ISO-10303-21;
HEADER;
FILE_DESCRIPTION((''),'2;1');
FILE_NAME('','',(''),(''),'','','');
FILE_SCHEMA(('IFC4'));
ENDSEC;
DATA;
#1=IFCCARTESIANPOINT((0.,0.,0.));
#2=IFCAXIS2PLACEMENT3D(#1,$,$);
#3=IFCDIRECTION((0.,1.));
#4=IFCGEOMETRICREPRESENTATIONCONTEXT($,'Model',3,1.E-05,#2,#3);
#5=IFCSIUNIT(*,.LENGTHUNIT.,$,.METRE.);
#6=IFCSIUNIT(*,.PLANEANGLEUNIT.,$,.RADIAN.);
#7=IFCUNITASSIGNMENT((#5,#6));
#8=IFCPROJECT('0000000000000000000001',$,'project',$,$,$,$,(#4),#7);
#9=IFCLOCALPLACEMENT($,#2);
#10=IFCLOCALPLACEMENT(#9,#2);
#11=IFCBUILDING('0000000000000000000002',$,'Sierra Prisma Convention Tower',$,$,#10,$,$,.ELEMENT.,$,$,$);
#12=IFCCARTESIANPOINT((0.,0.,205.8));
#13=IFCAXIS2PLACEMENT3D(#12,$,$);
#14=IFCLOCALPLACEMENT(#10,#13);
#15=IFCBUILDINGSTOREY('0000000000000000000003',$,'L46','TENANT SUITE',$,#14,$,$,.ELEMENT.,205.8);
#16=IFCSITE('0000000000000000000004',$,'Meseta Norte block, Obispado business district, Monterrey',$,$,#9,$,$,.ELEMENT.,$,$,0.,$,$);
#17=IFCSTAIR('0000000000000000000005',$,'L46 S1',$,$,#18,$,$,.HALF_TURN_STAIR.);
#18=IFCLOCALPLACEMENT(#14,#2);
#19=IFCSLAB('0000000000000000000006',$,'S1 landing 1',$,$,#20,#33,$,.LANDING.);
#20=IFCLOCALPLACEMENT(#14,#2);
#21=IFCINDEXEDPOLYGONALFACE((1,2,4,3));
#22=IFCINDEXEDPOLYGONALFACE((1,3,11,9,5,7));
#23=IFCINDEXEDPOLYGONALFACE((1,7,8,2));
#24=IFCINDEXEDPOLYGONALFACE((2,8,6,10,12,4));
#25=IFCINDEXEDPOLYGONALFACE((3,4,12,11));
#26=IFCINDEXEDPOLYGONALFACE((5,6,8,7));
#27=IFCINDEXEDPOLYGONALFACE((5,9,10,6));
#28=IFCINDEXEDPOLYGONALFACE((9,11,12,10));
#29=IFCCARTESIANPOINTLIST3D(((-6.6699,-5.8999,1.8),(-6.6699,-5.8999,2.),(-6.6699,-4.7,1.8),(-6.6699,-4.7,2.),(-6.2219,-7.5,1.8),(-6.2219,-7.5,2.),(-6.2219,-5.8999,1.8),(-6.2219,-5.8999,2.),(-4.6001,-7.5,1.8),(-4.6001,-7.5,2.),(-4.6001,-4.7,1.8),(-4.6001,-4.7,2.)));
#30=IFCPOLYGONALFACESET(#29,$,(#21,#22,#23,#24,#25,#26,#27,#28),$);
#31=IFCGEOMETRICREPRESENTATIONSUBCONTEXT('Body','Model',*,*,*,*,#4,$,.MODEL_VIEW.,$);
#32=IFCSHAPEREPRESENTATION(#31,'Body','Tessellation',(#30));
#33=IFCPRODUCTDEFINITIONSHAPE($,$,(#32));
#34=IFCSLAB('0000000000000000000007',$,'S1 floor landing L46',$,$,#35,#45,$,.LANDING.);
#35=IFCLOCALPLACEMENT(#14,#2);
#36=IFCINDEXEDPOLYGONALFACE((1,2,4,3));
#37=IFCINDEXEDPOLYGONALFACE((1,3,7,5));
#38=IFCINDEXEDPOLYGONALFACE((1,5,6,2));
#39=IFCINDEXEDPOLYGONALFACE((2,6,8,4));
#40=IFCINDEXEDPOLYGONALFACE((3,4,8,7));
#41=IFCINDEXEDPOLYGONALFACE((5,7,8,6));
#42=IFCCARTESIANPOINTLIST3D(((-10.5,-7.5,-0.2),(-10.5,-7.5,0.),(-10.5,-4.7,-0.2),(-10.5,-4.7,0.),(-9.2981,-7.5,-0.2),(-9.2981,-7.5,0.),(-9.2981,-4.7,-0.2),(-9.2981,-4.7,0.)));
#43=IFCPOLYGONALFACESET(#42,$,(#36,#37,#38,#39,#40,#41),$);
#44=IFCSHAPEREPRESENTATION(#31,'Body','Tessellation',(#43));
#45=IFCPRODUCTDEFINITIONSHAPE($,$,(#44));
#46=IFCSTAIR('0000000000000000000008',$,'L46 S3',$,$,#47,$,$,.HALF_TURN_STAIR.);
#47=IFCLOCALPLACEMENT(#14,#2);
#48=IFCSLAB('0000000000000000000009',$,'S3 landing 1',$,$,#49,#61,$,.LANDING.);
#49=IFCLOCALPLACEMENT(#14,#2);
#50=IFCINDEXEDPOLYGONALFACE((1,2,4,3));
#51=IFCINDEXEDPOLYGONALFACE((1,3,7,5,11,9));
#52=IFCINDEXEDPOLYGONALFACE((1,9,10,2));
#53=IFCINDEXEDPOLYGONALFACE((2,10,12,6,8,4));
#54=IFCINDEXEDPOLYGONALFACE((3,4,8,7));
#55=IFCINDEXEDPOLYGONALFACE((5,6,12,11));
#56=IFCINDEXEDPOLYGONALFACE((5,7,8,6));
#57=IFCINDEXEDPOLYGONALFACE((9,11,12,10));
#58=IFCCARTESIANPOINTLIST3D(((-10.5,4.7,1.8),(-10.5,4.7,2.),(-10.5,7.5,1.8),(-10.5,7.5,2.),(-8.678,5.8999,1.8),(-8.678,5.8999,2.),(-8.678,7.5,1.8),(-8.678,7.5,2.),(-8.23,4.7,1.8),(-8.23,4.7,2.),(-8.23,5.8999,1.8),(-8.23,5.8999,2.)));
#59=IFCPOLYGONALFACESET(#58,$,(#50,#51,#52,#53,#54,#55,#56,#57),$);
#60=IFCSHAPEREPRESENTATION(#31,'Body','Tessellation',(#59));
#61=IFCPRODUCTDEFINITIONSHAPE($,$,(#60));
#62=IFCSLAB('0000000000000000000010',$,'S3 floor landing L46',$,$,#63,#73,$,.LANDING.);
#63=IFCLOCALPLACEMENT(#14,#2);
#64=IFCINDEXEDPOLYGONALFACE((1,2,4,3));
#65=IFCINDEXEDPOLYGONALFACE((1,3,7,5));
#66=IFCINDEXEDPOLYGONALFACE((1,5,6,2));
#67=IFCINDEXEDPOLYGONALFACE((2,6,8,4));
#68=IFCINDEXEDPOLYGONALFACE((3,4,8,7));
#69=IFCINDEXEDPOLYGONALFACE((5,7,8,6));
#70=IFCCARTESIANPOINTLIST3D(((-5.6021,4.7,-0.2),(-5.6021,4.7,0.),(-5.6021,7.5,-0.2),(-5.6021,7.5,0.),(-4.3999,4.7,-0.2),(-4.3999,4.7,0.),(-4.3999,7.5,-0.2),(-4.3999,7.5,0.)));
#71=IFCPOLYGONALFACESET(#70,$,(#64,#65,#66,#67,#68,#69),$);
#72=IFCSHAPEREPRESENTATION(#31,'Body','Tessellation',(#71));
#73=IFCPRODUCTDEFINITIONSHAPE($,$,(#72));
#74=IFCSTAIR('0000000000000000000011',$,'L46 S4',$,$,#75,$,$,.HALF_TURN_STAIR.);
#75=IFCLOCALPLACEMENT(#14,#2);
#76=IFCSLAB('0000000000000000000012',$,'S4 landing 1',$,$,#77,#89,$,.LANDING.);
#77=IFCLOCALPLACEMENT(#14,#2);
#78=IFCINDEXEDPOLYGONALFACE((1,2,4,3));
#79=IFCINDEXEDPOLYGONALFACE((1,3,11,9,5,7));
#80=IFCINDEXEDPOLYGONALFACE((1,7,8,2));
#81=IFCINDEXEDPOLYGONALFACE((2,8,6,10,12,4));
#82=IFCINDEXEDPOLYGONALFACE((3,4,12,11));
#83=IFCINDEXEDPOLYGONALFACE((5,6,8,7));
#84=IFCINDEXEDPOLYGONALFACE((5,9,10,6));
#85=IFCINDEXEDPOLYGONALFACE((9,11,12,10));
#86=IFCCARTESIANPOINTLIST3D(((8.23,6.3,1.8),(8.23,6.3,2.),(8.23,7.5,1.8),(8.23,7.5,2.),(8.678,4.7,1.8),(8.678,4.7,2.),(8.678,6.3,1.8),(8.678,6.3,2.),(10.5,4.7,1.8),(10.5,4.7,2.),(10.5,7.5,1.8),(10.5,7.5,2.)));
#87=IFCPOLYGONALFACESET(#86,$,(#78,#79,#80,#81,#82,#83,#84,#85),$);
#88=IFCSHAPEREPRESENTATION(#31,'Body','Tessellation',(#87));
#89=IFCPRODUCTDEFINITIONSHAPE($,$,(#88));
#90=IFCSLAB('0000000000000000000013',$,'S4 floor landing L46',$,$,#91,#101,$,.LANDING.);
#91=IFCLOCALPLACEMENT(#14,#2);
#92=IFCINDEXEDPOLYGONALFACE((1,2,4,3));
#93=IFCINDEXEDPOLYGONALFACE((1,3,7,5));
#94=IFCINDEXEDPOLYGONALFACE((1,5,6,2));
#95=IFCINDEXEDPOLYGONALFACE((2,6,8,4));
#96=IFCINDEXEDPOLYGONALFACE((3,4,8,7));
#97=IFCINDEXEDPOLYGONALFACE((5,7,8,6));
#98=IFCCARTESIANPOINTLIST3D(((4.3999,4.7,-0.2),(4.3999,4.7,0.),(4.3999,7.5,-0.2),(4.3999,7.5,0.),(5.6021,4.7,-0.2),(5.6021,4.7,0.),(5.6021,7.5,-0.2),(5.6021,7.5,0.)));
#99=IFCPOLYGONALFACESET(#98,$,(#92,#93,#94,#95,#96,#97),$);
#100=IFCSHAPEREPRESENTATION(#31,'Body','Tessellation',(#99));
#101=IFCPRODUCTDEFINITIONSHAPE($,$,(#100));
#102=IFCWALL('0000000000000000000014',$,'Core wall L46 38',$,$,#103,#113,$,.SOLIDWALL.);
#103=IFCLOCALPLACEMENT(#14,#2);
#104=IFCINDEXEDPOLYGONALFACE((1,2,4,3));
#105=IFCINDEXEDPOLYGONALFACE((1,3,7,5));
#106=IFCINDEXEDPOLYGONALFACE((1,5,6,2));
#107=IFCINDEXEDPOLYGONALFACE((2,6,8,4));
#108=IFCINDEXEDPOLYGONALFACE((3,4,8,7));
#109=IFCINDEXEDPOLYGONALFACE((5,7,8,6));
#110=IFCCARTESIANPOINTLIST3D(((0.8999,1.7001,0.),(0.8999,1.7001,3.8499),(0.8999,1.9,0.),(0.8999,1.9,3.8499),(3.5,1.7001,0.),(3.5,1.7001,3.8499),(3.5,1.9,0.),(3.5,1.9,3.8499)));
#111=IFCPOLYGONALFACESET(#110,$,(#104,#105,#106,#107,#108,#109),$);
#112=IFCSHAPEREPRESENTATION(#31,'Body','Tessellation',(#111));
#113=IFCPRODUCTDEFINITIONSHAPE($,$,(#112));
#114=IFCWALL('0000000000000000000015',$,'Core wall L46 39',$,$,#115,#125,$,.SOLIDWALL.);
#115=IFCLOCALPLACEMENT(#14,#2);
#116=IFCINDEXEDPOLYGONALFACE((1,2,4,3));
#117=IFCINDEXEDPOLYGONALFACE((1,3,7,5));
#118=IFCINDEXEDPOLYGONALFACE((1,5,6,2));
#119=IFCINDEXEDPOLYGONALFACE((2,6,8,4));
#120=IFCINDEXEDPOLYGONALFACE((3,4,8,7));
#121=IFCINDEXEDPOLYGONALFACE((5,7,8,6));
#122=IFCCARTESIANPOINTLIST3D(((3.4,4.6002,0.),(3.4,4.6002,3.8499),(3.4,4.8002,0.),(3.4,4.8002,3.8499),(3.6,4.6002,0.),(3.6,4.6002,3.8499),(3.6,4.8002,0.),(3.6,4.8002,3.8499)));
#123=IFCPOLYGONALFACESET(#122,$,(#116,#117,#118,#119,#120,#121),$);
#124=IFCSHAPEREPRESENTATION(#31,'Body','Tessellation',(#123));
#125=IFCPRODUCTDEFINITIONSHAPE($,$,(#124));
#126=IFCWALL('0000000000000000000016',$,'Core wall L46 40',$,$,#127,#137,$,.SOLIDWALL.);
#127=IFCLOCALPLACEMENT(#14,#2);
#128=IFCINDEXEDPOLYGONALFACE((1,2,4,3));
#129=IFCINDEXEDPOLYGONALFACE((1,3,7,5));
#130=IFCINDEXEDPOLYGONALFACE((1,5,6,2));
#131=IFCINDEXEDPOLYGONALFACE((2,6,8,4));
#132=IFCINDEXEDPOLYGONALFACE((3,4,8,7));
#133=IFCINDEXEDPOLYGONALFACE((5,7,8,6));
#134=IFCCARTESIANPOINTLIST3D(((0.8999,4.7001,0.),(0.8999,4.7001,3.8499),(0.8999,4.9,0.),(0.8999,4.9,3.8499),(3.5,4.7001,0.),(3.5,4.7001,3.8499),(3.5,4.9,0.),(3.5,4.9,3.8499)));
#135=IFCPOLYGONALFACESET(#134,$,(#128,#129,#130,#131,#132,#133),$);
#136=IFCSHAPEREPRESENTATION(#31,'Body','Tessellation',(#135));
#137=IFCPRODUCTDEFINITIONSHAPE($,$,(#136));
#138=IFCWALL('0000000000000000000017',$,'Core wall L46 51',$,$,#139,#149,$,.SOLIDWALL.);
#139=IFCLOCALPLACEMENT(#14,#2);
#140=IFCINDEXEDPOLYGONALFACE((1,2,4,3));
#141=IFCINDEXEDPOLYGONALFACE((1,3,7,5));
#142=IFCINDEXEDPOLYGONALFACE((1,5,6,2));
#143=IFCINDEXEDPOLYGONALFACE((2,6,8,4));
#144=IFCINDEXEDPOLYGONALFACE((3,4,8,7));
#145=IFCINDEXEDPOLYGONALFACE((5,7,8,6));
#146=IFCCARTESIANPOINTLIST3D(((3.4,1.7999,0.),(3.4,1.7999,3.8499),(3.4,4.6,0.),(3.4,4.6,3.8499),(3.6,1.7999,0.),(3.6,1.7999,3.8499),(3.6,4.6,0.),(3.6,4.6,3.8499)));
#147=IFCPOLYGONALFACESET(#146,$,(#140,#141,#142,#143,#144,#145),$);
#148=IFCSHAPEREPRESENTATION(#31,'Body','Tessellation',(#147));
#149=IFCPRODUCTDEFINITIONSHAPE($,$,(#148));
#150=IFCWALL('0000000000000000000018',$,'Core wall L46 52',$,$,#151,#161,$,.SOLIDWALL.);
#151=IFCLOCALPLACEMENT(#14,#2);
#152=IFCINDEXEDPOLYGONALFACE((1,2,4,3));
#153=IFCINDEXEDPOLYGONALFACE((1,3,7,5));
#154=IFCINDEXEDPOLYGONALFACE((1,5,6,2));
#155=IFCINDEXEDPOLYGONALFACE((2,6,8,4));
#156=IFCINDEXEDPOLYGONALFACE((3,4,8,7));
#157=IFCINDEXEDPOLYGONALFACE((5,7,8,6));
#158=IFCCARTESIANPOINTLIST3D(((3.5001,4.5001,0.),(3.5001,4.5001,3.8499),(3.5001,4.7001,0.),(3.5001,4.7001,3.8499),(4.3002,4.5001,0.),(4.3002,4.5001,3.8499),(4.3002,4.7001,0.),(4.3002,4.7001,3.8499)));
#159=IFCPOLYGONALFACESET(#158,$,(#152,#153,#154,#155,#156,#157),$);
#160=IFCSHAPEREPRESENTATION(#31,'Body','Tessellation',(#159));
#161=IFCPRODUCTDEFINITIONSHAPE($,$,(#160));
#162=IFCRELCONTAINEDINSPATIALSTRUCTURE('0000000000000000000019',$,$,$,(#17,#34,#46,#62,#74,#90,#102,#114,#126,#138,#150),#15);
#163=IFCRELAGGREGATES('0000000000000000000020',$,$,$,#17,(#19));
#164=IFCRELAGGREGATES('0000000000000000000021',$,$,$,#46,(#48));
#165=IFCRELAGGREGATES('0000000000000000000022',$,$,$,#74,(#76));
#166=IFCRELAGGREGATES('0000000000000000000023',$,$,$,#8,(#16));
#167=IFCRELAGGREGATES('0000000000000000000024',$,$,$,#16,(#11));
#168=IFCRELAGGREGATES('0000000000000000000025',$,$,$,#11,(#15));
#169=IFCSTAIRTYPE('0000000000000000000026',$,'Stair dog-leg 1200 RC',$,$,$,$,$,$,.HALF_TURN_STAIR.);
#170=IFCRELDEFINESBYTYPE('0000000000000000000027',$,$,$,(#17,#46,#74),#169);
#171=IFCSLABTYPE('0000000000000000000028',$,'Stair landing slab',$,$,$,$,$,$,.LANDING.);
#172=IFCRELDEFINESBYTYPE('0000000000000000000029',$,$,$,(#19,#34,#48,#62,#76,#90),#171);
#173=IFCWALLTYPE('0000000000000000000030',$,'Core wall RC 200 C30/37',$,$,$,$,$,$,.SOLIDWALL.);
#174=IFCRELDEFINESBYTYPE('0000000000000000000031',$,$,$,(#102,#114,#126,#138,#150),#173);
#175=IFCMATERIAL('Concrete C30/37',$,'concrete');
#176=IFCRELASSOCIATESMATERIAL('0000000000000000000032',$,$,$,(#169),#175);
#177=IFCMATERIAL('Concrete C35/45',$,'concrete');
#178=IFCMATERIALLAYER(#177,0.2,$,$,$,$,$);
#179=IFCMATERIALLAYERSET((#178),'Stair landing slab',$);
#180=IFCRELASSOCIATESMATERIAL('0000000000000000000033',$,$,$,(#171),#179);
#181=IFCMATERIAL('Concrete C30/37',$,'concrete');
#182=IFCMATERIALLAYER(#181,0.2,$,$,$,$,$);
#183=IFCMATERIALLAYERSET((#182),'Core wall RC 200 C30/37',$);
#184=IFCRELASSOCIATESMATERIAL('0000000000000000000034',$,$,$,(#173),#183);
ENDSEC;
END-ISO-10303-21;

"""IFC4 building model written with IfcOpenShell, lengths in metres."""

from ifc_helpers import new_model, si_unit, direction, frame, frame_2d, origin, place, context, subcontext, project, spatial, polyline, rectangle, outline, extrude, material, layer, layer_set, type_object, element, aggregate, save


model = new_model("IFC4")

# Units and contexts
model_context = context("Model", 3, precision=1e-05, world=origin(), true_north=direction((0.0, 1.0)))
body_context = subcontext(model_context, "Body", "Model", "MODEL_VIEW")
ifc_project = project(units=[si_unit("LENGTHUNIT", "METRE"), si_unit("PLANEANGLEUNIT", "RADIAN")], contexts=[model_context])

# Site, building, storey
site_placement = place(None, origin())
site = spatial("IfcSite", under=ifc_project, at=site_placement, Name="Meseta Norte block, Obispado business district, Monterrey", CompositionType="ELEMENT", RefElevation=0.0)
building_placement = place(site_placement, origin())
building = spatial("IfcBuilding", under=site, at=building_placement, Name="Sierra Prisma Convention Tower", CompositionType="ELEMENT")
storey_placement = place(building_placement, frame((0.0, 0.0, 205.8)))
storey = spatial("IfcBuildingStorey", under=building, at=storey_placement, Name="L46", Description="TENANT SUITE", CompositionType="ELEMENT", Elevation=205.8)

# Stair, slab
ifc_material_1 = material(Name="Concrete C30/37", Category="concrete")
stair_type = type_object("IfcStairType", Name="Stair dog-leg 1200 RC", PredefinedType="HALF_TURN_STAIR", material=ifc_material_1)
stair_1_placement = place(storey_placement, origin())
stair_1 = element("IfcStair", 1, at=stair_1_placement, inside=storey, type_object=stair_type, Name="L46 S1", PredefinedType="HALF_TURN_STAIR")
ifc_material_2 = material(Name="Concrete C35/45", Category="concrete")
ifc_layer_1 = layer(ifc_material_2, 0.2)
ifc_layer_set_1 = layer_set([ifc_layer_1], Name="Stair landing slab")
slab_type = type_object("IfcSlabType", Name="Stair landing slab", PredefinedType="LANDING", material=ifc_layer_set_1)
slab_1_placement = place(storey_placement, frame((0.0, 0.0, 1.8)))
slab_1 = element("IfcSlab", 2, at=slab_1_placement, type_object=slab_type, Name="S1 landing 1", PredefinedType="LANDING", context=body_context, shape_type="SweptSolid", body=[
    extrude(outline(polyline([(-4.6001, -4.7), (-4.6001, -7.5), (-6.2219, -7.5), (-6.2219, -5.8999), (-6.6699, -5.8999), (-6.6699, -4.7), (-4.6001, -4.7)])), origin(), (0.0, 0.0, 1.0), 0.2),
])
aggregate(stair_1, [slab_1])

# Slab
slab_2_placement = place(storey_placement, frame((0.0, 0.0, -0.2)))
element("IfcSlab", 3, at=slab_2_placement, inside=storey, type_object=slab_type, Name="S1 floor landing L46", PredefinedType="LANDING", context=body_context, shape_type="SweptSolid", body=[
    extrude(outline(polyline([(-10.5, -7.5), (-9.2981, -7.5), (-9.2981, -4.7), (-10.5, -4.7), (-10.5, -7.5)])), origin(), (0.0, 0.0, 1.0), 0.2),
])

# Stair, slab
stair_2_placement = place(storey_placement, origin())
stair_2 = element("IfcStair", 4, at=stair_2_placement, inside=storey, type_object=stair_type, Name="L46 S3", PredefinedType="HALF_TURN_STAIR")
slab_3_placement = place(storey_placement, frame((0.0, 0.0, 1.8)))
slab_3 = element("IfcSlab", 5, at=slab_3_placement, type_object=slab_type, Name="S3 landing 1", PredefinedType="LANDING", context=body_context, shape_type="SweptSolid", body=[
    extrude(outline(polyline([(-8.23, 5.8999), (-8.23, 4.7), (-10.5, 4.7), (-10.5, 7.5), (-8.678, 7.5), (-8.678, 5.8999), (-8.23, 5.8999)])), origin(), (0.0, 0.0, 1.0), 0.2),
])
aggregate(stair_2, [slab_3])

# Slab
slab_4_placement = place(storey_placement, frame((0.0, 0.0, -0.2)))
element("IfcSlab", 6, at=slab_4_placement, inside=storey, type_object=slab_type, Name="S3 floor landing L46", PredefinedType="LANDING", context=body_context, shape_type="SweptSolid", body=[
    extrude(outline(polyline([(-4.3999, 7.5), (-5.6021, 7.5), (-5.6021, 4.7), (-4.3999, 4.7), (-4.3999, 7.5)])), origin(), (0.0, 0.0, 1.0), 0.2),
])

# Stair, slab
stair_3_placement = place(storey_placement, origin())
stair_3 = element("IfcStair", 7, at=stair_3_placement, inside=storey, type_object=stair_type, Name="L46 S4", PredefinedType="HALF_TURN_STAIR")
slab_5_placement = place(storey_placement, frame((0.0, 0.0, 1.8)))
slab_5 = element("IfcSlab", 8, at=slab_5_placement, type_object=slab_type, Name="S4 landing 1", PredefinedType="LANDING", context=body_context, shape_type="SweptSolid", body=[
    extrude(outline(polyline([(10.5, 7.5), (10.5, 4.7), (8.678, 4.7), (8.678, 6.3), (8.23, 6.3), (8.23, 7.5), (10.5, 7.5)])), origin(), (0.0, 0.0, 1.0), 0.2),
])
aggregate(stair_3, [slab_5])

# Slab
slab_6_placement = place(storey_placement, frame((0.0, 0.0, -0.2)))
element("IfcSlab", 9, at=slab_6_placement, inside=storey, type_object=slab_type, Name="S4 floor landing L46", PredefinedType="LANDING", context=body_context, shape_type="SweptSolid", body=[
    extrude(outline(polyline([(4.3999, 4.7), (5.6021, 4.7), (5.6021, 7.5), (4.3999, 7.5), (4.3999, 4.7)])), origin(), (0.0, 0.0, 1.0), 0.2),
])

# Shared definitions
ifc_material_3 = material(Name="Concrete C30/37", Category="concrete")
ifc_layer_2 = layer(ifc_material_3, 0.2)
ifc_layer_set_2 = layer_set([ifc_layer_2], Name="Core wall RC 200 C30/37")
wall_type = type_object("IfcWallType", Name="Core wall RC 200 C30/37", PredefinedType="SOLIDWALL", material=ifc_layer_set_2)

# Walls
wall_1_placement = place(storey_placement, frame((3.5, 1.8, 0.0), z_axis=(0.0, 0.0, 1.0), x_axis=(-1.0, 0.0, 0.0)))
element("IfcWall", 10, at=wall_1_placement, inside=storey, type_object=wall_type, Name="Core wall L46 38", PredefinedType="SOLIDWALL", context=body_context, shape_type="SweptSolid", body=[
    extrude(rectangle(XDim=2.6001, YDim=0.2, at=frame_2d((1.3, 0.0))), origin(), (0.0, 0.0, 1.0), 3.8499),
])
wall_2_placement = place(storey_placement, frame((3.5, 4.6001, 0.0), z_axis=(0.0, 0.0, 1.0), x_axis=(0.0, 1.0, 0.0)))
element("IfcWall", 11, at=wall_2_placement, inside=storey, type_object=wall_type, Name="Core wall L46 39", PredefinedType="SOLIDWALL", context=body_context, shape_type="SweptSolid", body=[
    extrude(rectangle(XDim=0.2, YDim=0.2, at=frame_2d((0.1001, 0.0))), origin(), (0.0, 0.0, 1.0), 3.8499),
])
wall_3_placement = place(storey_placement, frame((3.5, 4.8, 0.0), z_axis=(0.0, 0.0, 1.0), x_axis=(-1.0, 0.0, 0.0)))
element("IfcWall", 12, at=wall_3_placement, inside=storey, type_object=wall_type, Name="Core wall L46 40", PredefinedType="SOLIDWALL", context=body_context, shape_type="SweptSolid", body=[
    extrude(rectangle(XDim=2.6001, YDim=0.2, at=frame_2d((1.3, 0.0))), origin(), (0.0, 0.0, 1.0), 3.8499),
])

# Walls
wall_4_placement = place(storey_placement, frame((3.5, 1.8, 0.0), z_axis=(0.0, 0.0, 1.0), x_axis=(0.0, 1.0, 0.0)))
element("IfcWall", 13, at=wall_4_placement, inside=storey, type_object=wall_type, Name="Core wall L46 51", PredefinedType="SOLIDWALL", context=body_context, shape_type="SweptSolid", body=[
    extrude(rectangle(XDim=2.8, YDim=0.2, at=frame_2d((1.3999, 0.0))), origin(), (0.0, 0.0, 1.0), 3.8499),
])
wall_5_placement = place(storey_placement, frame((4.3, 4.6001, 0.0), z_axis=(0.0, 0.0, 1.0), x_axis=(-1.0, 0.0, 0.0)))
element("IfcWall", 14, at=wall_5_placement, inside=storey, type_object=wall_type, Name="Core wall L46 52", PredefinedType="SOLIDWALL", context=body_context, shape_type="SweptSolid", body=[
    extrude(rectangle(XDim=0.8, YDim=0.2, at=frame_2d((0.3999, 0.0))), origin(), (0.0, 0.0, 1.0), 3.8499),
])

save(model, "model.ifc")
